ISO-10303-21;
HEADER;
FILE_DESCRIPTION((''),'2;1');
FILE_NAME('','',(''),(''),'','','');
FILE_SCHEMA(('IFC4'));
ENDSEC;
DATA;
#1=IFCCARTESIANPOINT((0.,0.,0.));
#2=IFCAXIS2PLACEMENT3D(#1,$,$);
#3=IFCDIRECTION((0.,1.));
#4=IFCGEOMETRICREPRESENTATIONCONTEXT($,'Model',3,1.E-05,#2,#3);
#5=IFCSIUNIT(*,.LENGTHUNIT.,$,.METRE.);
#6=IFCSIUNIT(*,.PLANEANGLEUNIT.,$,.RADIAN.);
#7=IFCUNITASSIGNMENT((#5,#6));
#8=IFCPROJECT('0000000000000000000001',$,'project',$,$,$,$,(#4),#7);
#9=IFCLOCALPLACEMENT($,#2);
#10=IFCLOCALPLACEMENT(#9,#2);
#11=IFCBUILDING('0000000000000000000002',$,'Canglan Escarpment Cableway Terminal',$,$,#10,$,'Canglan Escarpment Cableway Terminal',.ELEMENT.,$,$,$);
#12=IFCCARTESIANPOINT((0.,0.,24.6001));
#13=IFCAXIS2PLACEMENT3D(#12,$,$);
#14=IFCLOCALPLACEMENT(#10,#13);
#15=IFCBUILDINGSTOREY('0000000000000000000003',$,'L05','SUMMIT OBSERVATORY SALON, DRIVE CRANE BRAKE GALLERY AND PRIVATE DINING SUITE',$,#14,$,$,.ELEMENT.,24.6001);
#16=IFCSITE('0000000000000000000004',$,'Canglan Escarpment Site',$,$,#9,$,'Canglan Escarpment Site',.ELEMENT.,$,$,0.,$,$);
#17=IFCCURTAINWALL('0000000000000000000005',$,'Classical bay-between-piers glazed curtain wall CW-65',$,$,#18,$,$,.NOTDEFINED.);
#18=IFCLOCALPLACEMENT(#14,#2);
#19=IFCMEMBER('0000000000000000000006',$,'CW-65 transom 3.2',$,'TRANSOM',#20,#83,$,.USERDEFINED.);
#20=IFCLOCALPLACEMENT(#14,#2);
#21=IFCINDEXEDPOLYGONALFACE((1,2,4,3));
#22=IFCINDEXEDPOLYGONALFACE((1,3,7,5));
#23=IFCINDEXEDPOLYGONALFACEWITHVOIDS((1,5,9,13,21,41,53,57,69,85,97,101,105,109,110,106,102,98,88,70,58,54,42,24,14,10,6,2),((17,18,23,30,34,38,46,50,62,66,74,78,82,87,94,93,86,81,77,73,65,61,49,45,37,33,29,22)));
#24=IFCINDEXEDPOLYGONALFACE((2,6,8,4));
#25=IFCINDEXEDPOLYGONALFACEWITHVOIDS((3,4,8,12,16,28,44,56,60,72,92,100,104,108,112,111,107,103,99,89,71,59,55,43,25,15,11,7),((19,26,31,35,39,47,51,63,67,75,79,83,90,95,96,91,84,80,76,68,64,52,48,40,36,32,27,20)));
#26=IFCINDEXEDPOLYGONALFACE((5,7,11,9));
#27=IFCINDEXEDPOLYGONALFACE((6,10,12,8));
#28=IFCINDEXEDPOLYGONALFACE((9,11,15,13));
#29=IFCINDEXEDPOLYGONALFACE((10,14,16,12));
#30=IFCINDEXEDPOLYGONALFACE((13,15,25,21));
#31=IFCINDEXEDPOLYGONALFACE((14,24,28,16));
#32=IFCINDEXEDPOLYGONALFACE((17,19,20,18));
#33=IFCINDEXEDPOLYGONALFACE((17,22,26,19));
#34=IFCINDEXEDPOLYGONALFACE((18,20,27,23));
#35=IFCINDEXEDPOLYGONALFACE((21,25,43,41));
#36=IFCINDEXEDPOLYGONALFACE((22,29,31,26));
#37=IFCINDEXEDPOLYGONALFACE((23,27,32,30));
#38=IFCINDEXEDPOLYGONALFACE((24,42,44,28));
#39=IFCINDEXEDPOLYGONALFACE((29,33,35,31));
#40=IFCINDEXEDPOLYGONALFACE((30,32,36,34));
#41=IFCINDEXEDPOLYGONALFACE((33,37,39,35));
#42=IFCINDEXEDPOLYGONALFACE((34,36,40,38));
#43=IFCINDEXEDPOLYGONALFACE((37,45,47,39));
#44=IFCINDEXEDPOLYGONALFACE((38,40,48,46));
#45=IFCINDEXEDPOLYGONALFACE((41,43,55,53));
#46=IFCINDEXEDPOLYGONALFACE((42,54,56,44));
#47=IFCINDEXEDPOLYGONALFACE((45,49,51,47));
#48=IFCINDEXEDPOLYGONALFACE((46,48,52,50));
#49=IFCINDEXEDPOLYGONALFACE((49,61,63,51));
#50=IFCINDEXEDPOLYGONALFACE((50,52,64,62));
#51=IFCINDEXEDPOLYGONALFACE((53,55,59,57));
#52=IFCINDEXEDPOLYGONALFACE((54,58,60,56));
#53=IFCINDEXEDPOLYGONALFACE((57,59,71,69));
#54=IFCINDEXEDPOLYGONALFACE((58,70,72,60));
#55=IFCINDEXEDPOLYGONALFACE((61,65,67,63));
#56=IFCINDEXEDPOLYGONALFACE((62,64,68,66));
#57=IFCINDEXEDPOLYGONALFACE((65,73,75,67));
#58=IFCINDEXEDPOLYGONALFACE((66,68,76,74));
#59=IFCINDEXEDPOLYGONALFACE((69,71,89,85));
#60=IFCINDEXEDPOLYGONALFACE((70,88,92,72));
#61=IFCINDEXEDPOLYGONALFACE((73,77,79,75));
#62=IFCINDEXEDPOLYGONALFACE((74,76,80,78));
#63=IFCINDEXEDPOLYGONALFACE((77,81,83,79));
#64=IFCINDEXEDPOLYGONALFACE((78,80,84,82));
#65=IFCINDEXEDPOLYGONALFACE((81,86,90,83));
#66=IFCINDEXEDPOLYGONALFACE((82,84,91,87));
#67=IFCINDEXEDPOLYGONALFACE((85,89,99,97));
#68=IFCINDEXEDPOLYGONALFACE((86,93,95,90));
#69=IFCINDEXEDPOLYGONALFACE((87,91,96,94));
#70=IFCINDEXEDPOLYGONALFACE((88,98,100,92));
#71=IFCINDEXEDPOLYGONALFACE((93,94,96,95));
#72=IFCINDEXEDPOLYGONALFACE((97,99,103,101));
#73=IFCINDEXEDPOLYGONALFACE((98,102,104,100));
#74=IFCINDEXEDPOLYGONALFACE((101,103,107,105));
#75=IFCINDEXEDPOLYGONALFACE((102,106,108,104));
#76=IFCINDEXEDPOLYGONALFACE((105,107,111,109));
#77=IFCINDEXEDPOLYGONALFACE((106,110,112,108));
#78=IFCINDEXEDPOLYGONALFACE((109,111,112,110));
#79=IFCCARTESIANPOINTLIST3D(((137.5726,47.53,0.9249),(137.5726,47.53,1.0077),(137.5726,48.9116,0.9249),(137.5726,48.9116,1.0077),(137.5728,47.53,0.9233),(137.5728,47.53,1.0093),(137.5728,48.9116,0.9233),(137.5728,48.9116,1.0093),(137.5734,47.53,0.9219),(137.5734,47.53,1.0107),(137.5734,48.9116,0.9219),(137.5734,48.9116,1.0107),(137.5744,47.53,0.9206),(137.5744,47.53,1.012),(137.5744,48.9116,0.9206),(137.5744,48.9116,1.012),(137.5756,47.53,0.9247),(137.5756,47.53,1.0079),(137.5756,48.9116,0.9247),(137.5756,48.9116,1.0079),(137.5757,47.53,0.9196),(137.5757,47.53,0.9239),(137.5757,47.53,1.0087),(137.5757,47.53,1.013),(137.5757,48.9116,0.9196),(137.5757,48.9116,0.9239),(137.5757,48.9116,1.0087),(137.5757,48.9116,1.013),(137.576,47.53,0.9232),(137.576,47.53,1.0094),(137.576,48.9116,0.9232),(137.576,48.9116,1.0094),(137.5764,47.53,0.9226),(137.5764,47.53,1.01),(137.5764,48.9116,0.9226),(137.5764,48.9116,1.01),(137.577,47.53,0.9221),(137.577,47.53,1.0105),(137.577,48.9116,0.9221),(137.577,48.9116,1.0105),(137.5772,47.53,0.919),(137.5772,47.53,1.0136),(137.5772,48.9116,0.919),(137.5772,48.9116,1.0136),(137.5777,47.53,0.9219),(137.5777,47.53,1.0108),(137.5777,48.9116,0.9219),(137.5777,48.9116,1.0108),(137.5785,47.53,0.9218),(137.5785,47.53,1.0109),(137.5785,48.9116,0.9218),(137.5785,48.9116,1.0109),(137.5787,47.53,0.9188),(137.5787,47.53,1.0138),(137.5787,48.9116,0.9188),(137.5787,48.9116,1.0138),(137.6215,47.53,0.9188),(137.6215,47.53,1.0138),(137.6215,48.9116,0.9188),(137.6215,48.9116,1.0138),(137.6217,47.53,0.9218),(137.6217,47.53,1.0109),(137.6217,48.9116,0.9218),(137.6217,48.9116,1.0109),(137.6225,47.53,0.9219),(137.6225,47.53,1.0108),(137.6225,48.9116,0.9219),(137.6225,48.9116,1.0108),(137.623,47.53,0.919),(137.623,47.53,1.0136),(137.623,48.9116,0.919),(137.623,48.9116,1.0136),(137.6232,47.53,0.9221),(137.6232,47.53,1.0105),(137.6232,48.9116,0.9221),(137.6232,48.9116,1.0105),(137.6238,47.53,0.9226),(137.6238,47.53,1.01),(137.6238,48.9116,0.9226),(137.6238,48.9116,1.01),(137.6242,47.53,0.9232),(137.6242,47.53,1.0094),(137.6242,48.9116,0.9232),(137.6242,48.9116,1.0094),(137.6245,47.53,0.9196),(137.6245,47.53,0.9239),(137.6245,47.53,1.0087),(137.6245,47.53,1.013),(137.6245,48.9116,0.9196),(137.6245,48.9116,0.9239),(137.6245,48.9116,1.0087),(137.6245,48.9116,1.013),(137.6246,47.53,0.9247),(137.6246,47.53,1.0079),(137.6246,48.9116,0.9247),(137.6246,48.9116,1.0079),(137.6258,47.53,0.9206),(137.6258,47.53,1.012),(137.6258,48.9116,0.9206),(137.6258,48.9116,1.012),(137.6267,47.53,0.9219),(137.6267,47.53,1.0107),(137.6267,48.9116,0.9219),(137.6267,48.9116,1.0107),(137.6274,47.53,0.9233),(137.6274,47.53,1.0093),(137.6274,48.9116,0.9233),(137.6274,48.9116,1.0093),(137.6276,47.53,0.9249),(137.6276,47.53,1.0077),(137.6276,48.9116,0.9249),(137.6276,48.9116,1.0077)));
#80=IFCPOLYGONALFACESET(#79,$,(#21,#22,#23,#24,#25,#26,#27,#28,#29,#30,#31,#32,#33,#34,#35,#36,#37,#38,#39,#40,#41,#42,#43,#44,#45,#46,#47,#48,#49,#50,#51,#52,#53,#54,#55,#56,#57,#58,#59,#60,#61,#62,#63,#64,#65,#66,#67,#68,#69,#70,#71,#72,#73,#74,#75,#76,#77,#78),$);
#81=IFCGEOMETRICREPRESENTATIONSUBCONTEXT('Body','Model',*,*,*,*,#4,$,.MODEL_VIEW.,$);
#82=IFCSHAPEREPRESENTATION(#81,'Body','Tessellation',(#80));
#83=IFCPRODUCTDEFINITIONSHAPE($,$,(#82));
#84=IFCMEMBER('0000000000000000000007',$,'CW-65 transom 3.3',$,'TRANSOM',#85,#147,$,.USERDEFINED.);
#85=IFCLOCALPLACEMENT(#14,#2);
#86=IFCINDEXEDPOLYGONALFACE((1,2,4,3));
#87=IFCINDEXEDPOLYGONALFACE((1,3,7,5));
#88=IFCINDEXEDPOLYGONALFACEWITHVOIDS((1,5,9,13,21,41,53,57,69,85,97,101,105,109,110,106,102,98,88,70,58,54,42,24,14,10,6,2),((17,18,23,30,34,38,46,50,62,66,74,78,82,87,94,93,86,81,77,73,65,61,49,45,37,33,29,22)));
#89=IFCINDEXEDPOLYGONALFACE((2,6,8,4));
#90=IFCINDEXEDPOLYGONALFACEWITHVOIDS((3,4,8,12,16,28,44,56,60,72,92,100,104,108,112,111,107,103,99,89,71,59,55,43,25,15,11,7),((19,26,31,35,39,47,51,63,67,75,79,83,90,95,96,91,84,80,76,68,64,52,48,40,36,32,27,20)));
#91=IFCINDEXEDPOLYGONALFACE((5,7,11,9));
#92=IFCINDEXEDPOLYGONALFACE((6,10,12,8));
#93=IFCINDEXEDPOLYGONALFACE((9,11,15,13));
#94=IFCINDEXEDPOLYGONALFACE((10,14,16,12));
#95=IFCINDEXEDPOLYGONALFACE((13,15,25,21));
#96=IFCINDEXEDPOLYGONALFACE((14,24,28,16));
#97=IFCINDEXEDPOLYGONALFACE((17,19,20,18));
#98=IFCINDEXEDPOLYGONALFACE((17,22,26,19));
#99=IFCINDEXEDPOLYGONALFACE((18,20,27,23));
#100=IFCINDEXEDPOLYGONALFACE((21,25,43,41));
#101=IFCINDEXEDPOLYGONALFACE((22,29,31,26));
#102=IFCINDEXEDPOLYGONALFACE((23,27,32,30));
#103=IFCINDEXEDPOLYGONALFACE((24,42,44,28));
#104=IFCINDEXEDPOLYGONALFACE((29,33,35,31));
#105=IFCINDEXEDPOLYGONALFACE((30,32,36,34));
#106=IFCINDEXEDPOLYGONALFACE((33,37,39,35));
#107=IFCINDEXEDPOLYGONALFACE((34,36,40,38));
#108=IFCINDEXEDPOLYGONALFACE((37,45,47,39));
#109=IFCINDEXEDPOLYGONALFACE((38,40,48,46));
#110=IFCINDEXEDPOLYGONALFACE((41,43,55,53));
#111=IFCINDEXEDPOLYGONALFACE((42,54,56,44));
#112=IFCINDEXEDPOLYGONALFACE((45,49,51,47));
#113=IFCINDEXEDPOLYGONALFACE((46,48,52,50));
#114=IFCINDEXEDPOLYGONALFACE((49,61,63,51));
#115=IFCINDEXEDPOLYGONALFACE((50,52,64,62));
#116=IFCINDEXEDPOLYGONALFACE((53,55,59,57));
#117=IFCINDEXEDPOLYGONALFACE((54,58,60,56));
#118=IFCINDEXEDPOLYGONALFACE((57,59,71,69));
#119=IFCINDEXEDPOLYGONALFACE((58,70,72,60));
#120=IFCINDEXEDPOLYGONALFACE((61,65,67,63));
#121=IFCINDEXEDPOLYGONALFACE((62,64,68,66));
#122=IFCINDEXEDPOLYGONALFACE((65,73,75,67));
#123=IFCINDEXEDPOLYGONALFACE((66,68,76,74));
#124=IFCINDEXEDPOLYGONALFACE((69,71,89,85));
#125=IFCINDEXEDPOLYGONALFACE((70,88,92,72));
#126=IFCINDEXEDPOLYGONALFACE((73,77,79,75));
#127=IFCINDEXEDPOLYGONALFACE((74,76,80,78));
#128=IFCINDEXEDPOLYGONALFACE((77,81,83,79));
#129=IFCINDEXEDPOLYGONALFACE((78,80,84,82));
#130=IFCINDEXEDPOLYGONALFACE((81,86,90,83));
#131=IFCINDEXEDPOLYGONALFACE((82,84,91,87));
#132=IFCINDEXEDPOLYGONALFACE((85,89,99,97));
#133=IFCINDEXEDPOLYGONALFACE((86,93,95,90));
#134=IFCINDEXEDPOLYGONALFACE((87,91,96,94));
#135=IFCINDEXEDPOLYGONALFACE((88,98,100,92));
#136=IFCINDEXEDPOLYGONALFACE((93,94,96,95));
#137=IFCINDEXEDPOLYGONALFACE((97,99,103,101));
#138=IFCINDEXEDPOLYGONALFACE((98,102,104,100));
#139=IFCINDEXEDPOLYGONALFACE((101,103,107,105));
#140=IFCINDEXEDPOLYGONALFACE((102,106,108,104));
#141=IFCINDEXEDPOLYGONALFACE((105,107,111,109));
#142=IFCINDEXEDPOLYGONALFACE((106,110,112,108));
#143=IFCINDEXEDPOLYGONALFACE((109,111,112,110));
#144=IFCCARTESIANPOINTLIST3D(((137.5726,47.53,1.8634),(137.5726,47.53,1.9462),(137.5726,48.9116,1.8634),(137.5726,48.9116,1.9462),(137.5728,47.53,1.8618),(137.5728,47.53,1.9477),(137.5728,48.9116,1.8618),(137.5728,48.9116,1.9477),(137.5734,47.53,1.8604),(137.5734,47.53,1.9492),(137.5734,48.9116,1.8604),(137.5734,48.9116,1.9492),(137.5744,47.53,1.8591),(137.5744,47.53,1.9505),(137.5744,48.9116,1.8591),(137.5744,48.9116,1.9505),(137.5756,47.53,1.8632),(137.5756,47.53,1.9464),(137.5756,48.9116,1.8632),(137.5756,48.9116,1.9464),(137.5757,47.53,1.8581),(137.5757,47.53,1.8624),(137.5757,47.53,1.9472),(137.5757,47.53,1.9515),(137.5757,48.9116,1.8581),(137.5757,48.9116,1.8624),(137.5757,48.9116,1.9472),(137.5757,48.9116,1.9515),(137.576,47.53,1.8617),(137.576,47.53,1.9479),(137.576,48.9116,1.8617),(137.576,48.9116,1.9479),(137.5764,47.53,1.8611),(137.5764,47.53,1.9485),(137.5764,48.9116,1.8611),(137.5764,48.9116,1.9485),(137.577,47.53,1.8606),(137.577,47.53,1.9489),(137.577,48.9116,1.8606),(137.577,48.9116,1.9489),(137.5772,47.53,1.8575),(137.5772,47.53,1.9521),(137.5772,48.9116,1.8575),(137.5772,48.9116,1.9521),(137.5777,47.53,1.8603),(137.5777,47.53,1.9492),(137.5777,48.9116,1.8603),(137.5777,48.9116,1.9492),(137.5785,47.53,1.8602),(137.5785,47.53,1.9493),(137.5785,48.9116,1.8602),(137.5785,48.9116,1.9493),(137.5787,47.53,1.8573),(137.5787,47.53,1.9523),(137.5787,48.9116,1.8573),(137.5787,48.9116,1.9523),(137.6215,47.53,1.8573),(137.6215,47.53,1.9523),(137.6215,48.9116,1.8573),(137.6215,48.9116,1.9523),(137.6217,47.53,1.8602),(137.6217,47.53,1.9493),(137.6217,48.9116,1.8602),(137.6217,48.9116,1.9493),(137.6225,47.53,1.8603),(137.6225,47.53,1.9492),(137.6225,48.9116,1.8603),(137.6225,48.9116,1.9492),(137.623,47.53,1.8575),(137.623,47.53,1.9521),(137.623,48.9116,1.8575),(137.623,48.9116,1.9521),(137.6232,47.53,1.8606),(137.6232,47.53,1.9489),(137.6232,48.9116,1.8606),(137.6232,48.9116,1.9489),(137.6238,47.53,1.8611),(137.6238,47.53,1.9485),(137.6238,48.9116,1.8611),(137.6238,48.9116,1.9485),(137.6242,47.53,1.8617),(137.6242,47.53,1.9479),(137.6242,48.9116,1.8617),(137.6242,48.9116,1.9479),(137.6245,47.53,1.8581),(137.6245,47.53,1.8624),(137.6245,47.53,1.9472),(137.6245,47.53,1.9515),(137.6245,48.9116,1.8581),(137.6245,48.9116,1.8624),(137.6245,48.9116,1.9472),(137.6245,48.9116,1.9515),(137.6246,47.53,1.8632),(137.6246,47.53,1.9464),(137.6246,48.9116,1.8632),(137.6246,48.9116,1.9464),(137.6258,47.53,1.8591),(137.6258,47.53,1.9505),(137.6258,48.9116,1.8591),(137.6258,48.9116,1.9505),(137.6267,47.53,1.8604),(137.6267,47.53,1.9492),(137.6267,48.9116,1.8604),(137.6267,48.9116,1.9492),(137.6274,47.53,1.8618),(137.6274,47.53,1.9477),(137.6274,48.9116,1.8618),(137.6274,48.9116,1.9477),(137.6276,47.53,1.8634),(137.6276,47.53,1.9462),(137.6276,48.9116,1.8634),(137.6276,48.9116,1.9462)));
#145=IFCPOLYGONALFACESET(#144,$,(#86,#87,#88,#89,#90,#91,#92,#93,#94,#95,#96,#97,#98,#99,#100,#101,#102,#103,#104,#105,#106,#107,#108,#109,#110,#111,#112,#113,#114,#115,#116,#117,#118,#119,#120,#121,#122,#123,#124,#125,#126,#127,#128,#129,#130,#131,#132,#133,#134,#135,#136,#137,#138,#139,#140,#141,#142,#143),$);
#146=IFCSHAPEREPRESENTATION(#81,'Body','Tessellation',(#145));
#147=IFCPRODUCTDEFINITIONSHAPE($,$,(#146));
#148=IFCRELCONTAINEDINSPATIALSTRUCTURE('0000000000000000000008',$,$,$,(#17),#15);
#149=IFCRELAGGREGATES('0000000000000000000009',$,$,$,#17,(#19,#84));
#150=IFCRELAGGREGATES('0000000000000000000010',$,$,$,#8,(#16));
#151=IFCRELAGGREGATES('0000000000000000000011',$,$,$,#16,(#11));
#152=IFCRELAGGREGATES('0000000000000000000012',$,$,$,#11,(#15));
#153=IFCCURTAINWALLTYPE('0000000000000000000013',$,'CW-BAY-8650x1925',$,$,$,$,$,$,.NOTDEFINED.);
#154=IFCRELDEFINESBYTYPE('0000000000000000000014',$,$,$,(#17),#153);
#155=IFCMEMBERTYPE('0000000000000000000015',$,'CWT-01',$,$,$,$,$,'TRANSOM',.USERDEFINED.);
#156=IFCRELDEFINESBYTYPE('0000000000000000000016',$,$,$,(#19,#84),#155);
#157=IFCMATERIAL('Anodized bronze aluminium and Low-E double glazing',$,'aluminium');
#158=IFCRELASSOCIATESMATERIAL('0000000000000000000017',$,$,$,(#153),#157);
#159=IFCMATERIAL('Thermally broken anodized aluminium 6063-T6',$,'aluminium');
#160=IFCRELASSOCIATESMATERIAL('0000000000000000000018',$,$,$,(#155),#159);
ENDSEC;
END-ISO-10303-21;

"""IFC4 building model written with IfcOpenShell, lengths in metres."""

from ifc_helpers import new_model, si_unit, direction, frame, origin, origin_2d, place, context, subcontext, project, spatial, hollow_rectangle, extrude, material, material_profile, profile_set, type_object, element, aggregate, save


model = new_model("IFC4")

# Units and contexts
model_context = context("Model", 3, precision=1e-05, world=origin(), true_north=direction((0.0, 1.0)))
body_context = subcontext(model_context, "Body", "Model", "MODEL_VIEW")
ifc_project = project(units=[si_unit("LENGTHUNIT", "METRE"), si_unit("PLANEANGLEUNIT", "RADIAN")], contexts=[model_context])

# Site, building, storey
site_placement = place(None, origin())
site = spatial("IfcSite", under=ifc_project, at=site_placement, Name="Canglan Escarpment Site", LongName="Canglan Escarpment Site", CompositionType="ELEMENT", RefElevation=0.0)
building_placement = place(site_placement, origin())
building = spatial("IfcBuilding", under=site, at=building_placement, Name="Canglan Escarpment Cableway Terminal", LongName="Canglan Escarpment Cableway Terminal", CompositionType="ELEMENT")
storey_placement = place(building_placement, frame((0.0, 0.0, 24.6001)))
storey = spatial("IfcBuildingStorey", under=building, at=storey_placement, Name="L05", Description="SUMMIT OBSERVATORY SALON, DRIVE CRANE BRAKE GALLERY AND PRIVATE DINING SUITE", CompositionType="ELEMENT", Elevation=24.6001)

# Curtain wall
ifc_material_1 = material(Name="Anodized bronze aluminium and Low-E double glazing", Category="aluminium")
curtain_wall_type_1 = type_object("IfcCurtainWallType", Name="CW-BAY-8650x1925", PredefinedType="NOTDEFINED", material=ifc_material_1)
curtain_wall_1_placement = place(storey_placement, origin())
curtain_wall_1 = element("IfcCurtainWall", 1, at=curtain_wall_1_placement, inside=storey, type_object=curtain_wall_type_1, Name="Classical bay-between-piers glazed curtain wall CW-65", PredefinedType="NOTDEFINED")
ifc_material_2 = material(Name="Thermally broken anodized aluminium 6063-T6", Category="aluminium")

# Members
ifc_material_profile_1 = material_profile(ifc_material_2, hollow_rectangle(XDim=0.0549, YDim=0.095, WallThickness=0.0029, InnerFilletRadius=0.0029, OuterFilletRadius=0.0061, at=origin_2d()), Name="ALU-TRAN 55x95x3")
ifc_profile_set_1 = profile_set([ifc_material_profile_1], Name="Thermally broken anodized aluminium 6063-T6")
member_type_1 = type_object("IfcMemberType", Name="CWT-01", ElementType="TRANSOM", PredefinedType="USERDEFINED", material=ifc_profile_set_1)
member_1_placement = place(storey_placement, frame((137.6001, 48.9116, 0.9663), z_axis=(0.0, -1.0, 0.0), x_axis=(1.0, 0.0, 0.0)))
member_1 = element("IfcMember", 2, at=member_1_placement, type_object=member_type_1, Name="CW-65 transom 3.2", ObjectType="TRANSOM", PredefinedType="USERDEFINED", context=body_context, shape_type="SweptSolid", body=[
    extrude(hollow_rectangle(XDim=0.0549, YDim=0.095, WallThickness=0.0029, InnerFilletRadius=0.0029, OuterFilletRadius=0.0061, at=origin_2d()), origin(), (0.0, 0.0, 1.0), 1.3816),
])
member_2_placement = place(storey_placement, frame((137.6001, 48.9116, 1.9048), z_axis=(0.0, -1.0, 0.0), x_axis=(1.0, 0.0, 0.0)))
member_2 = element("IfcMember", 3, at=member_2_placement, type_object=member_type_1, Name="CW-65 transom 3.3", ObjectType="TRANSOM", PredefinedType="USERDEFINED", context=body_context, shape_type="SweptSolid", body=[
    extrude(hollow_rectangle(XDim=0.0549, YDim=0.095, WallThickness=0.0029, InnerFilletRadius=0.0029, OuterFilletRadius=0.0061, at=origin_2d()), origin(), (0.0, 0.0, 1.0), 1.3816),
])

aggregate(curtain_wall_1, [member_1, member_2])

save(model, "model.ifc")
